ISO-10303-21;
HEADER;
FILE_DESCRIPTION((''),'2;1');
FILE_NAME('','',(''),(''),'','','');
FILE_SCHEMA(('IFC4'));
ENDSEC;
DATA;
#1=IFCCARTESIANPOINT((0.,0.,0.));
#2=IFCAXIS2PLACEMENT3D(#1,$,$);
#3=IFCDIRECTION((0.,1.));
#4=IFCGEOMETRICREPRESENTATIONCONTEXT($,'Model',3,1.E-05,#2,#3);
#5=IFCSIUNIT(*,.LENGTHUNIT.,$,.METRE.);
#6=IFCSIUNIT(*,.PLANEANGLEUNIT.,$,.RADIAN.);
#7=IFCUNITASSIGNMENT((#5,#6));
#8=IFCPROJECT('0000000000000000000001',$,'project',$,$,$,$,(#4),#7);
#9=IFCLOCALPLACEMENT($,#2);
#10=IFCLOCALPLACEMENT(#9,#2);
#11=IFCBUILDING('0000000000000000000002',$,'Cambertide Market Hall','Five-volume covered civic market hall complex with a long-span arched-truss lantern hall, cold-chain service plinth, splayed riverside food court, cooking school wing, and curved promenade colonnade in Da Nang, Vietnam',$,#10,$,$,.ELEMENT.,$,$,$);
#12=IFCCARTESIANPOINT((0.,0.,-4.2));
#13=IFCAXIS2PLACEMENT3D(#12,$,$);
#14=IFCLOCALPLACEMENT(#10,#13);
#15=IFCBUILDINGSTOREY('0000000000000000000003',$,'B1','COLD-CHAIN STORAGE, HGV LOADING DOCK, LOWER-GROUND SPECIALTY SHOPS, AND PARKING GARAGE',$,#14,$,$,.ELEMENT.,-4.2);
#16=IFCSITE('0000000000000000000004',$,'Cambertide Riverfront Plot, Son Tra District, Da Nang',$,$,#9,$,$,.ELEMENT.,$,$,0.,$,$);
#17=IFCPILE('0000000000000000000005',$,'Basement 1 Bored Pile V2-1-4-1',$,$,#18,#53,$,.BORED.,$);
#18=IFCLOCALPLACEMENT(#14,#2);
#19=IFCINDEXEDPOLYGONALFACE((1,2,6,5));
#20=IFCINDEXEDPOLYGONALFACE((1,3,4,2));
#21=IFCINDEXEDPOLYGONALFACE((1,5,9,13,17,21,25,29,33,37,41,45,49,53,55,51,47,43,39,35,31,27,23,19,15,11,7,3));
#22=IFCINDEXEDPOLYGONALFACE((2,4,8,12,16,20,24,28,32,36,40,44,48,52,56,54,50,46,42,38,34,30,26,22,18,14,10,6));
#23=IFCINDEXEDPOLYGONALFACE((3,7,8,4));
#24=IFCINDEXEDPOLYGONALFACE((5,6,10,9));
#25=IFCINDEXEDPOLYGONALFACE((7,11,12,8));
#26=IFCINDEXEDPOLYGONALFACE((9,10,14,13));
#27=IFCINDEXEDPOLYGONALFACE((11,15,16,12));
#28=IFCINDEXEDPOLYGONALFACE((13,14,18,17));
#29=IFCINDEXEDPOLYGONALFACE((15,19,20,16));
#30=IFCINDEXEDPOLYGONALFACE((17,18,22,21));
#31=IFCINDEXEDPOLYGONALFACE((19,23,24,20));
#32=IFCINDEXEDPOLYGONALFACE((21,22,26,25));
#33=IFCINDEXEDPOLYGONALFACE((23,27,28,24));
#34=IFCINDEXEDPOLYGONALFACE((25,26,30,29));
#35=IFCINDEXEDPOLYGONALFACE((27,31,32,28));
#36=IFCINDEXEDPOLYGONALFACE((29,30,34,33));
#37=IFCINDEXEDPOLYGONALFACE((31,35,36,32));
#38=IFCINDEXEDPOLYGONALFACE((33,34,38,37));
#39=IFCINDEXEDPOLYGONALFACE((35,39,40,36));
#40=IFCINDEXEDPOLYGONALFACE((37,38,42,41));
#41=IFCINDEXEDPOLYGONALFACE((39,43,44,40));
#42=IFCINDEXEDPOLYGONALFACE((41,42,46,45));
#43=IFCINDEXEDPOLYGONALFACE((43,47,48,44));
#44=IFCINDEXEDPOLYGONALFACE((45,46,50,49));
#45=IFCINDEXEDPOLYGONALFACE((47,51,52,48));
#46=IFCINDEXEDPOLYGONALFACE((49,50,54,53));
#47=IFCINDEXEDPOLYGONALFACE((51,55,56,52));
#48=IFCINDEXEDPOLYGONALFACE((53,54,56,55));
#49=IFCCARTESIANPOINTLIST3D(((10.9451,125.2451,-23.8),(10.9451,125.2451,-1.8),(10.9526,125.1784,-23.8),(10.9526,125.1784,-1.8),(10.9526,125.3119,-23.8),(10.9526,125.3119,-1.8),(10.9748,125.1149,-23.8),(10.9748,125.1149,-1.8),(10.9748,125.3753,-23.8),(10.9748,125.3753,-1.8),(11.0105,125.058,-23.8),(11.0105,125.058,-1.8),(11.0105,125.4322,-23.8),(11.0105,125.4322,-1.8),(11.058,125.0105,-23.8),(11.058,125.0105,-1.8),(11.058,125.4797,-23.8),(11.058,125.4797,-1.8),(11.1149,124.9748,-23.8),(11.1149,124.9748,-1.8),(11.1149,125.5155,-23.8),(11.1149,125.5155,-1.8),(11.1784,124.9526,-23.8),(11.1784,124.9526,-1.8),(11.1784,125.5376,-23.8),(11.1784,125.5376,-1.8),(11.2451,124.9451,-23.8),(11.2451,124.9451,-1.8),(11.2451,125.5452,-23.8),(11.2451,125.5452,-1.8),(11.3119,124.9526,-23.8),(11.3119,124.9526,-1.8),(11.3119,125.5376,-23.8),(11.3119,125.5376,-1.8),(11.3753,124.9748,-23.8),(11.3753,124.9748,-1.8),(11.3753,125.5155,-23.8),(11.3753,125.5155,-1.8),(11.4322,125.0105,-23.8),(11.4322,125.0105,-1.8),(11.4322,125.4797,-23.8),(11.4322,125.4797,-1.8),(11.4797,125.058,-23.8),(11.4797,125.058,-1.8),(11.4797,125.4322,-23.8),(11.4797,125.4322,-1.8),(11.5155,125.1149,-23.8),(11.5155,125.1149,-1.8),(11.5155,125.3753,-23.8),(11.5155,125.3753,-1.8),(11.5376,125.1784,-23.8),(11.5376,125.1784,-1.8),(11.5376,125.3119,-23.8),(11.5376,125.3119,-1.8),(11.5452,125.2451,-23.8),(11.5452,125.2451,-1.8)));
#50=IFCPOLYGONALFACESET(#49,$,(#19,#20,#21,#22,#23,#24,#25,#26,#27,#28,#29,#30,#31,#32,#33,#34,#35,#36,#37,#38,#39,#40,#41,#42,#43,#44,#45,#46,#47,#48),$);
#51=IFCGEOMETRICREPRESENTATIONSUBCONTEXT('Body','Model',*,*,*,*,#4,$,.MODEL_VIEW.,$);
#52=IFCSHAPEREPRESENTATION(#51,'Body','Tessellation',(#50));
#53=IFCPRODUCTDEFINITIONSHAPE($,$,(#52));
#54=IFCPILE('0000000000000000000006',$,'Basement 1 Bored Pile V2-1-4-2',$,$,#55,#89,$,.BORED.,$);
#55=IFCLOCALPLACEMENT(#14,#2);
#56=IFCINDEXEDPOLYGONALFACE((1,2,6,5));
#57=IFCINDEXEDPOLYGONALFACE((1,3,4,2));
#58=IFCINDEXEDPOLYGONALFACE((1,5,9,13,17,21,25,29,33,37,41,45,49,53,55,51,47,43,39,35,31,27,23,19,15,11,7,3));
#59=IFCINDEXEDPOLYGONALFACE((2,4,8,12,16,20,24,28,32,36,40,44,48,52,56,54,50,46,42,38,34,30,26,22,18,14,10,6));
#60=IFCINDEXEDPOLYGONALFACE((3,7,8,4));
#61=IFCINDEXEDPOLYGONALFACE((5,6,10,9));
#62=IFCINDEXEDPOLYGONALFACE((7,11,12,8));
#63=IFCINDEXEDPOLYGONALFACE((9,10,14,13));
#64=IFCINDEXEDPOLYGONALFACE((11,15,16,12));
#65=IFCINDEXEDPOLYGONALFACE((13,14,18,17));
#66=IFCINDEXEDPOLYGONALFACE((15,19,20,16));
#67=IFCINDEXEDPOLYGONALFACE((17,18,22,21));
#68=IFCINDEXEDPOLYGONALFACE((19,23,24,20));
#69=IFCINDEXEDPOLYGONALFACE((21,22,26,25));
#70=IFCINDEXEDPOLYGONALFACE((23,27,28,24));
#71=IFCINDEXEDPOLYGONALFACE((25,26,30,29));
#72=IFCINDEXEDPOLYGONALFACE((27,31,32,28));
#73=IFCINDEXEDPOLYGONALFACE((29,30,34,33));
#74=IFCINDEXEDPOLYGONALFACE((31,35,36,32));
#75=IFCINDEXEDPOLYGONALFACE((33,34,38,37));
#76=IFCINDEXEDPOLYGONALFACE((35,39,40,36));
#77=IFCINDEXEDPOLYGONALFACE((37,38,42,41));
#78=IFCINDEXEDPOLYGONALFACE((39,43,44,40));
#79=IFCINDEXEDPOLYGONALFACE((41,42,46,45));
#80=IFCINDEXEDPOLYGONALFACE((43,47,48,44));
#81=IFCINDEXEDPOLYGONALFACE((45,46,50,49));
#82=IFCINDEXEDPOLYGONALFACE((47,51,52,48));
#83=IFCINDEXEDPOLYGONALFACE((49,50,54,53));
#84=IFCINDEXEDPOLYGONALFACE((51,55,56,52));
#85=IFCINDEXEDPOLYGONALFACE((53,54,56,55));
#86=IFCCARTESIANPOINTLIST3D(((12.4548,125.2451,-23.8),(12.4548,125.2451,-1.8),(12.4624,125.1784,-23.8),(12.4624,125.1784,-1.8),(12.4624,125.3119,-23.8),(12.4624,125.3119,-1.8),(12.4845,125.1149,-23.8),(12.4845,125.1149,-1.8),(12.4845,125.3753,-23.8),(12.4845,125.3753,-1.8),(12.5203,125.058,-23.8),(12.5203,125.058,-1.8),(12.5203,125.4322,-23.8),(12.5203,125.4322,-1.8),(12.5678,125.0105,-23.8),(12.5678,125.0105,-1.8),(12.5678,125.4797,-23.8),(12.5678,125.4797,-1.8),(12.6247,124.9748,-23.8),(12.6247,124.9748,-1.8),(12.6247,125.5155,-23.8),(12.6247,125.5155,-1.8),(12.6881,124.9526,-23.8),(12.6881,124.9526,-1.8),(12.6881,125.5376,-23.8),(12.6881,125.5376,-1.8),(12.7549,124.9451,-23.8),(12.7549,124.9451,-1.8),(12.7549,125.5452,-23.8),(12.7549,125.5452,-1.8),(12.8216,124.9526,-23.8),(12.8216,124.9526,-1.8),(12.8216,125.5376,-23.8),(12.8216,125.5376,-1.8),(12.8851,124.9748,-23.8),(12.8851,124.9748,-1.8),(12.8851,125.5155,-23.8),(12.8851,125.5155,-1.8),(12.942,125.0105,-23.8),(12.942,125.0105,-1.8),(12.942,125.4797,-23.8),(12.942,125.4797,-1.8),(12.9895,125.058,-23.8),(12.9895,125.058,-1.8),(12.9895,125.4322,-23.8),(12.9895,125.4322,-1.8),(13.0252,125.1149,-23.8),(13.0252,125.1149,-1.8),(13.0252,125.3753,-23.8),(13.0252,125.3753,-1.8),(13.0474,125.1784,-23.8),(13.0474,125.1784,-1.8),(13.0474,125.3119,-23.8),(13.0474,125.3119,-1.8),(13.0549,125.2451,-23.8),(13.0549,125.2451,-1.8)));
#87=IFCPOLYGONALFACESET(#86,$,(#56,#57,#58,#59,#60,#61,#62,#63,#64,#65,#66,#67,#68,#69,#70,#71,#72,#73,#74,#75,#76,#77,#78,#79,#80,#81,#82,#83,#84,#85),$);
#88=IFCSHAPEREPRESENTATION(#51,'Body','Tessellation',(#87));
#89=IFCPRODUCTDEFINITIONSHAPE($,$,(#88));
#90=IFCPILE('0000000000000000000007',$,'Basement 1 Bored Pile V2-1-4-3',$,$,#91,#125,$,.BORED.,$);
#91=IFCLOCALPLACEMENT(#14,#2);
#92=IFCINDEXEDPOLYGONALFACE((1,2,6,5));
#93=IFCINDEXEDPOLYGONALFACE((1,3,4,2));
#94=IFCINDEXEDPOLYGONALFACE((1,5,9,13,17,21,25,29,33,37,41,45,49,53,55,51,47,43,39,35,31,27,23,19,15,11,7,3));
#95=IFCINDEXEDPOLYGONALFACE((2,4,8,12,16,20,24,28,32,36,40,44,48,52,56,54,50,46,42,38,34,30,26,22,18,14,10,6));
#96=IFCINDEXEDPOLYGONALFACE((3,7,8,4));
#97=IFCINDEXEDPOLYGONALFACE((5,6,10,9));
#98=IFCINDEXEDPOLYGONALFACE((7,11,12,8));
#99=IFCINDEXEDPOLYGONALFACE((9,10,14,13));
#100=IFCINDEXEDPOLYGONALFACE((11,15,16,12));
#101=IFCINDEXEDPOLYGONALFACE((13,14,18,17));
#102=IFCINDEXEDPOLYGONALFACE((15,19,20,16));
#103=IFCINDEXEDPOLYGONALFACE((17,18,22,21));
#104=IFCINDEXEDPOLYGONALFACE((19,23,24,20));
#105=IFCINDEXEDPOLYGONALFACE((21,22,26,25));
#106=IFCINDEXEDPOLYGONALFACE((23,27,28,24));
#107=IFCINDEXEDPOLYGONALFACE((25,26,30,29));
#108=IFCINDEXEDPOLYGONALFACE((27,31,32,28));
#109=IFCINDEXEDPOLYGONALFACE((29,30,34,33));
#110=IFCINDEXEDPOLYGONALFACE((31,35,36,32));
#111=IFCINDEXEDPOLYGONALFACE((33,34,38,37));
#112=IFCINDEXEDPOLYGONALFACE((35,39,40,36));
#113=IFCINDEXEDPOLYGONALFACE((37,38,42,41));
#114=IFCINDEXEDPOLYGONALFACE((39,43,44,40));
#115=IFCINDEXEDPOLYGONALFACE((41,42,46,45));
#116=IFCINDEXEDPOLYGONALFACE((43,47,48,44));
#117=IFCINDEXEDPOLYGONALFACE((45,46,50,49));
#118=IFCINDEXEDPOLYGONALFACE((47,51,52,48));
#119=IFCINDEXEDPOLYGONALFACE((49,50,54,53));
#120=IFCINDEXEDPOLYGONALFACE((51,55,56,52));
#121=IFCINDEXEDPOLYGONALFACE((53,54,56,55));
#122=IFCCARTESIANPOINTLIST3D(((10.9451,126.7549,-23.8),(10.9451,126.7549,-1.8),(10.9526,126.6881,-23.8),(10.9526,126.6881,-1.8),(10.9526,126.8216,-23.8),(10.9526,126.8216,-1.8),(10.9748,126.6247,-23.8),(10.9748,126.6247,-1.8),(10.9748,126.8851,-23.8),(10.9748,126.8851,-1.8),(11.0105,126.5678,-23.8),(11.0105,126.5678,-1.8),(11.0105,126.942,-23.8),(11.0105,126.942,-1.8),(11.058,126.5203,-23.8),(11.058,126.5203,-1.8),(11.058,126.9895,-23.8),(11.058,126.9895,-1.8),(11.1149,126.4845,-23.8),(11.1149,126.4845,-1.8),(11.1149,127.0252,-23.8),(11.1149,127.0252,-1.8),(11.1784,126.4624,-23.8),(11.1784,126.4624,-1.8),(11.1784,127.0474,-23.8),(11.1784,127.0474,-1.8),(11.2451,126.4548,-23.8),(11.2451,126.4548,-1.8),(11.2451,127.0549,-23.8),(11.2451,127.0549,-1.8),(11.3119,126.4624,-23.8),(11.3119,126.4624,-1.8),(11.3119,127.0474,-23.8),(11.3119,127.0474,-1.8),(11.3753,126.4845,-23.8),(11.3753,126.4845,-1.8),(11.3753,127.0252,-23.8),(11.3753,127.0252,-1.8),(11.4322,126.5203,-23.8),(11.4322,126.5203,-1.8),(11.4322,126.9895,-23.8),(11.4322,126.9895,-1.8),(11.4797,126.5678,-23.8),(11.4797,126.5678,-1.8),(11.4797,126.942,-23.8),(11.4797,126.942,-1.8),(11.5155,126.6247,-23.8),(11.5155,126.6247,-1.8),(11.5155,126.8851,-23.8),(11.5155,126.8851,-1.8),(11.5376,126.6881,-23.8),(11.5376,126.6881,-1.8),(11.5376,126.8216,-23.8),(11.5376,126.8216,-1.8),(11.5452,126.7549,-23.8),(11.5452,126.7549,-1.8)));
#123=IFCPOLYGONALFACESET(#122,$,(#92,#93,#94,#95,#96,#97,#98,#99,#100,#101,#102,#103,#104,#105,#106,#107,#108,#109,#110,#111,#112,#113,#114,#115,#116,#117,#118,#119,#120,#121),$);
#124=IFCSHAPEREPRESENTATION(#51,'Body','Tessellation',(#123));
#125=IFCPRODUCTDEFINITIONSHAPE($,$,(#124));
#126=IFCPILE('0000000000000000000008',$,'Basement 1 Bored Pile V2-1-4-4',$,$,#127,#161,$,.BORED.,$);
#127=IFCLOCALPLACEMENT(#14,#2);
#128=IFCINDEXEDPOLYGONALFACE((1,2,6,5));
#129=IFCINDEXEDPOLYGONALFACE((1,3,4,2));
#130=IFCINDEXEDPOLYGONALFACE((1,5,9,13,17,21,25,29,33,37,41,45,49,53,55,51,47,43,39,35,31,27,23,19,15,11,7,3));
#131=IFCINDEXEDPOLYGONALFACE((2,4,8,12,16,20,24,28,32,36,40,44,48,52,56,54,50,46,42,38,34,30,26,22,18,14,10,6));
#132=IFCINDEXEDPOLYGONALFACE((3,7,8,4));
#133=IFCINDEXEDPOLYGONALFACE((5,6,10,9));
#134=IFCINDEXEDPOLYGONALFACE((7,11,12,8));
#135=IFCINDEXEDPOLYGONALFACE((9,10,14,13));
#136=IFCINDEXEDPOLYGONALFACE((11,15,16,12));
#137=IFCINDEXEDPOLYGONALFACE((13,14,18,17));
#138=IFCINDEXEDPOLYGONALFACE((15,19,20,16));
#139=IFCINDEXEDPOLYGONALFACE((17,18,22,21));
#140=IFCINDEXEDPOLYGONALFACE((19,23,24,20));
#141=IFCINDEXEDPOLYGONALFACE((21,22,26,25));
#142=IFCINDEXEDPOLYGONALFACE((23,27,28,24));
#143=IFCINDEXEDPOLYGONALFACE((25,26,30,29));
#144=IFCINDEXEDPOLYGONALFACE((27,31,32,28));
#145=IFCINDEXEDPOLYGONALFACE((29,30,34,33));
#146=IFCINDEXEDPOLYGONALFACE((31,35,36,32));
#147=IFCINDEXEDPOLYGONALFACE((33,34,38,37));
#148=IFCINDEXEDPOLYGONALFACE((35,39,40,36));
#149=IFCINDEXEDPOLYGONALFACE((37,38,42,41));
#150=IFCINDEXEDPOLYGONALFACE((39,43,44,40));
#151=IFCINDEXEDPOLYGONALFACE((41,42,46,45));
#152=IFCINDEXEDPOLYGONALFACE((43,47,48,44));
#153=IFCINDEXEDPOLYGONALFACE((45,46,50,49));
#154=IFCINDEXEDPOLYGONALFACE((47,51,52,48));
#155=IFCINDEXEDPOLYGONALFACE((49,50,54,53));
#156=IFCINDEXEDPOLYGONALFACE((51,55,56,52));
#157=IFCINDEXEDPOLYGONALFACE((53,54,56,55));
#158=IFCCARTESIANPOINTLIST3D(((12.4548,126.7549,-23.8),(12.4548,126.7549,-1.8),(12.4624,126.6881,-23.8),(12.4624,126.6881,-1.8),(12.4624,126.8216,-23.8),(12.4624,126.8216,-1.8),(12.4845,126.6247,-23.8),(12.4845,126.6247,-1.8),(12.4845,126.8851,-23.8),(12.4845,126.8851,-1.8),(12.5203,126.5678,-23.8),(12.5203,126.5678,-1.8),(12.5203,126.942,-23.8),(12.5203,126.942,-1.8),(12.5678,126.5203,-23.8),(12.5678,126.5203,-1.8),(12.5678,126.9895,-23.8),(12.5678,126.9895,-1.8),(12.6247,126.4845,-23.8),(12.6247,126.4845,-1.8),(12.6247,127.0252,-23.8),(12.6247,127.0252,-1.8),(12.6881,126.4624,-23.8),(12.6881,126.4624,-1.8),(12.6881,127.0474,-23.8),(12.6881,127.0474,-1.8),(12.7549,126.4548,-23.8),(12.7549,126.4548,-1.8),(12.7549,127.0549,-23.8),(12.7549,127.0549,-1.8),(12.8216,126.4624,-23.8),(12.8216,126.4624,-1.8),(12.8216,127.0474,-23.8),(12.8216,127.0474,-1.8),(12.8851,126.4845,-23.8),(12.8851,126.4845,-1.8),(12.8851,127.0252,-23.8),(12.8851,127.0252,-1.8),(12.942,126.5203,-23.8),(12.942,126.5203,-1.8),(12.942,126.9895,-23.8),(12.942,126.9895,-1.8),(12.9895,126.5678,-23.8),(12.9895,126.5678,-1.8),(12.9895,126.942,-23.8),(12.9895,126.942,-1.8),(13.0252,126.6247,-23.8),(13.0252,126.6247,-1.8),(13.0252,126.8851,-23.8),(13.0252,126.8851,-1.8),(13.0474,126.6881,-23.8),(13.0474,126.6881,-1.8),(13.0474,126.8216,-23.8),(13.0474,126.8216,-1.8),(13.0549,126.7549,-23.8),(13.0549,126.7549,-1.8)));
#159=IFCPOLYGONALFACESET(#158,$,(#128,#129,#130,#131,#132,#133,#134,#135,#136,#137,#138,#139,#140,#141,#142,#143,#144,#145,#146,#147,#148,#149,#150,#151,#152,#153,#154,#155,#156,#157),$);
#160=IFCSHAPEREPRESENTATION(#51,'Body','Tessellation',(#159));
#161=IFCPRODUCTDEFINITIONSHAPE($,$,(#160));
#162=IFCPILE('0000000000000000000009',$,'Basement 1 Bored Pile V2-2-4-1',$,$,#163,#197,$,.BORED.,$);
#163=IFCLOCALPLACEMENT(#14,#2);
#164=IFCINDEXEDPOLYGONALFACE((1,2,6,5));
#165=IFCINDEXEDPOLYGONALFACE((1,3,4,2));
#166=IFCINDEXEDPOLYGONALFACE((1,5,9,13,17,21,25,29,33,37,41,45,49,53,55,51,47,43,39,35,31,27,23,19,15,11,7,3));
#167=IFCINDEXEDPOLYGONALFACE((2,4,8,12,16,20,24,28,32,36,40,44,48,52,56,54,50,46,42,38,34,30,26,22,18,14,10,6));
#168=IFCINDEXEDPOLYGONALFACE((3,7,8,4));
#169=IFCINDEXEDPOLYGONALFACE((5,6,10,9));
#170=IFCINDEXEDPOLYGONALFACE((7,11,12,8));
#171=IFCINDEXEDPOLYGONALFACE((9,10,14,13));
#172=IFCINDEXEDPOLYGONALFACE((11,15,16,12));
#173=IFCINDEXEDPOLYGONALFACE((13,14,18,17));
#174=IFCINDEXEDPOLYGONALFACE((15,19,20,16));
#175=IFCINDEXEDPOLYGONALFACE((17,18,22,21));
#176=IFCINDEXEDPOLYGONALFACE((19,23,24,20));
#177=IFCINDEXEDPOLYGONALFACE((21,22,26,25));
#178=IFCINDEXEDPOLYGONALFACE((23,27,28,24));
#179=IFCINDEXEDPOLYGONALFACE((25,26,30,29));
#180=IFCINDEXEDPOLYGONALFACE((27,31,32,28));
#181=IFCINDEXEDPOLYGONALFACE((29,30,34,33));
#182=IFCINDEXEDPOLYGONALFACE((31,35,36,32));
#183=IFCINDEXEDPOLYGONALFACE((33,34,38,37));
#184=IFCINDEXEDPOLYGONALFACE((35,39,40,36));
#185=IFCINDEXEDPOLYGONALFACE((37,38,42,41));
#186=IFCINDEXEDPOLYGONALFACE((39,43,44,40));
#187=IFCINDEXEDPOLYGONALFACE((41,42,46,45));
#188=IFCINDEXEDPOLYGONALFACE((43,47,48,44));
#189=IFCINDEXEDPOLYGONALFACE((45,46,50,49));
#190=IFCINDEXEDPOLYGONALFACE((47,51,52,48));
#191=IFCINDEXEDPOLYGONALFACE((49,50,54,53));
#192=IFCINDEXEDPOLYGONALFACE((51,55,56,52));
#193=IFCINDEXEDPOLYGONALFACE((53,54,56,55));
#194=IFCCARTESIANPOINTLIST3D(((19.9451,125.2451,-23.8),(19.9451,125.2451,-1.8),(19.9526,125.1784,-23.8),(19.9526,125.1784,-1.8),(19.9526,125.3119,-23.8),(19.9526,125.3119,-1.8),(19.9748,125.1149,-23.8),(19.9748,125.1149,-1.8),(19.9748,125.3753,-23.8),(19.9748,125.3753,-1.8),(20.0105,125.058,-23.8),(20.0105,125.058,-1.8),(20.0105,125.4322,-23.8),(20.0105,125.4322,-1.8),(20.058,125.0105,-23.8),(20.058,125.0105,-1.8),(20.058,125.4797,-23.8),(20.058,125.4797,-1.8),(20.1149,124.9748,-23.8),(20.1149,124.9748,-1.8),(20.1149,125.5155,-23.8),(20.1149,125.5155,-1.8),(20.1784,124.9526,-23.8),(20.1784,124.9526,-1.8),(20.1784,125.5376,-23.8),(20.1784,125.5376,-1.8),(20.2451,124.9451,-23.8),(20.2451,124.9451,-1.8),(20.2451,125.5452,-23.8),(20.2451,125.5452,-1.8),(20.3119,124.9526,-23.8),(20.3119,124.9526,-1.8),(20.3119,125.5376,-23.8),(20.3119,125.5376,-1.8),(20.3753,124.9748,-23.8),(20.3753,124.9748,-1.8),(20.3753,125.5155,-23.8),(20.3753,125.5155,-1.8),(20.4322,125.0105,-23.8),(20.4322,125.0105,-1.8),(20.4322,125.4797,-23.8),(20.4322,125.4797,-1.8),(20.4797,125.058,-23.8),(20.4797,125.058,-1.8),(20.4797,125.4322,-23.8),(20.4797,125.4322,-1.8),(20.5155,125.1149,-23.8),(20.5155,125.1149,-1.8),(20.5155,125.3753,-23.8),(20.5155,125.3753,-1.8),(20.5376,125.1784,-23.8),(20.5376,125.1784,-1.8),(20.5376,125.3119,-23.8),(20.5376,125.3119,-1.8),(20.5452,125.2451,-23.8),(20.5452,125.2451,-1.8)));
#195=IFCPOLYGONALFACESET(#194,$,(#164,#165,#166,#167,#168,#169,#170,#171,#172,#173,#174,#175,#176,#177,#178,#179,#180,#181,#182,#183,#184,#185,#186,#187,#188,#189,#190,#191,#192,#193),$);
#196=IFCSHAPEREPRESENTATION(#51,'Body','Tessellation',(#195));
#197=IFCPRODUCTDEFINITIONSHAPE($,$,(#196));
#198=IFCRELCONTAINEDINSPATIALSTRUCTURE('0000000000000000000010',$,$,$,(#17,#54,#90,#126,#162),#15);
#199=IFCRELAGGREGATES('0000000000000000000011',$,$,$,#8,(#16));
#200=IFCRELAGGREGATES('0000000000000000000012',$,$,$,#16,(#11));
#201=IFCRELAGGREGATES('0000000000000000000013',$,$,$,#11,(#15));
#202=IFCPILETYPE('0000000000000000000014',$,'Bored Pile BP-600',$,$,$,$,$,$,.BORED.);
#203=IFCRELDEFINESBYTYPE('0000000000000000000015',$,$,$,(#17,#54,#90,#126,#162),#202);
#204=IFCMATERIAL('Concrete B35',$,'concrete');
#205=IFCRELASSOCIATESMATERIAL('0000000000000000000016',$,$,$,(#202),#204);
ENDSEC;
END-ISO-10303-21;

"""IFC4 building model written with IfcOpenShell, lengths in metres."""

from ifc_helpers import new_model, si_unit, direction, frame, origin, origin_2d, place, context, subcontext, project, spatial, circle, extrude, material, material_profile, profile_set, type_object, element, save


model = new_model("IFC4")

# Units and contexts
model_context = context("Model", 3, precision=1e-05, world=origin(), true_north=direction((0.0, 1.0)))
body_context = subcontext(model_context, "Body", "Model", "MODEL_VIEW")
ifc_project = project(units=[si_unit("LENGTHUNIT", "METRE"), si_unit("PLANEANGLEUNIT", "RADIAN")], contexts=[model_context])

# Site, building, storey
site_placement = place(None, origin())
site = spatial("IfcSite", under=ifc_project, at=site_placement, Name="Cambertide Riverfront Plot, Son Tra District, Da Nang", CompositionType="ELEMENT", RefElevation=0.0)
building_placement = place(site_placement, origin())
building = spatial("IfcBuilding", under=site, at=building_placement, Name="Cambertide Market Hall", Description="Five-volume covered civic market hall complex with a long-span arched-truss lantern hall, cold-chain service plinth, splayed riverside food court, cooking school wing, and curved promenade colonnade in Da Nang, Vietnam", CompositionType="ELEMENT")
storey_placement = place(building_placement, frame((0.0, 0.0, -4.2)))
storey = spatial("IfcBuildingStorey", under=building, at=storey_placement, Name="B1", Description="COLD-CHAIN STORAGE, HGV LOADING DOCK, LOWER-GROUND SPECIALTY SHOPS, AND PARKING GARAGE", CompositionType="ELEMENT", Elevation=-4.2)

# Piles
ifc_material_1 = material(Name="Concrete B35", Category="concrete")
ifc_material_profile_1 = material_profile(ifc_material_1, circle(Radius=0.3, at=origin_2d()), Name="BP D600")
ifc_profile_set_1 = profile_set([ifc_material_profile_1], Name="Concrete B35")
pile_type = type_object("IfcPileType", Name="Bored Pile BP-600", PredefinedType="BORED", material=ifc_profile_set_1)
for number, where, z_axis, x_axis, name in (
    (1, (11.2451, 125.2451, -1.8), (0.0, 0.0, -1.0), (1.0, 0.0, 0.0), "Basement 1 Bored Pile V2-1-4-1"),
    (2, (12.7549, 125.2451, -1.8), (0.0, 0.0, -1.0), (1.0, 0.0, 0.0), "Basement 1 Bored Pile V2-1-4-2"),
    (3, (11.2451, 126.7549, -1.8), (0.0, 0.0, -1.0), (1.0, 0.0, 0.0), "Basement 1 Bored Pile V2-1-4-3"),
    (4, (12.7549, 126.7549, -1.8), (0.0, 0.0, -1.0), (1.0, 0.0, 0.0), "Basement 1 Bored Pile V2-1-4-4"),
    (5, (20.2451, 125.2451, -1.8), (0.0, 0.0, -1.0), (1.0, 0.0, 0.0), "Basement 1 Bored Pile V2-2-4-1"),
):
    element("IfcPile", number, at=place(storey_placement, frame(where, z_axis=z_axis, x_axis=x_axis)), inside=storey, type_object=pile_type, Name=name, PredefinedType="BORED", context=body_context, shape_type="SweptSolid", body=[
        extrude(circle(Radius=0.3, at=origin_2d()), origin(), (0.0, 0.0, 1.0), 22.0),
    ])

save(model, "model.ifc")
